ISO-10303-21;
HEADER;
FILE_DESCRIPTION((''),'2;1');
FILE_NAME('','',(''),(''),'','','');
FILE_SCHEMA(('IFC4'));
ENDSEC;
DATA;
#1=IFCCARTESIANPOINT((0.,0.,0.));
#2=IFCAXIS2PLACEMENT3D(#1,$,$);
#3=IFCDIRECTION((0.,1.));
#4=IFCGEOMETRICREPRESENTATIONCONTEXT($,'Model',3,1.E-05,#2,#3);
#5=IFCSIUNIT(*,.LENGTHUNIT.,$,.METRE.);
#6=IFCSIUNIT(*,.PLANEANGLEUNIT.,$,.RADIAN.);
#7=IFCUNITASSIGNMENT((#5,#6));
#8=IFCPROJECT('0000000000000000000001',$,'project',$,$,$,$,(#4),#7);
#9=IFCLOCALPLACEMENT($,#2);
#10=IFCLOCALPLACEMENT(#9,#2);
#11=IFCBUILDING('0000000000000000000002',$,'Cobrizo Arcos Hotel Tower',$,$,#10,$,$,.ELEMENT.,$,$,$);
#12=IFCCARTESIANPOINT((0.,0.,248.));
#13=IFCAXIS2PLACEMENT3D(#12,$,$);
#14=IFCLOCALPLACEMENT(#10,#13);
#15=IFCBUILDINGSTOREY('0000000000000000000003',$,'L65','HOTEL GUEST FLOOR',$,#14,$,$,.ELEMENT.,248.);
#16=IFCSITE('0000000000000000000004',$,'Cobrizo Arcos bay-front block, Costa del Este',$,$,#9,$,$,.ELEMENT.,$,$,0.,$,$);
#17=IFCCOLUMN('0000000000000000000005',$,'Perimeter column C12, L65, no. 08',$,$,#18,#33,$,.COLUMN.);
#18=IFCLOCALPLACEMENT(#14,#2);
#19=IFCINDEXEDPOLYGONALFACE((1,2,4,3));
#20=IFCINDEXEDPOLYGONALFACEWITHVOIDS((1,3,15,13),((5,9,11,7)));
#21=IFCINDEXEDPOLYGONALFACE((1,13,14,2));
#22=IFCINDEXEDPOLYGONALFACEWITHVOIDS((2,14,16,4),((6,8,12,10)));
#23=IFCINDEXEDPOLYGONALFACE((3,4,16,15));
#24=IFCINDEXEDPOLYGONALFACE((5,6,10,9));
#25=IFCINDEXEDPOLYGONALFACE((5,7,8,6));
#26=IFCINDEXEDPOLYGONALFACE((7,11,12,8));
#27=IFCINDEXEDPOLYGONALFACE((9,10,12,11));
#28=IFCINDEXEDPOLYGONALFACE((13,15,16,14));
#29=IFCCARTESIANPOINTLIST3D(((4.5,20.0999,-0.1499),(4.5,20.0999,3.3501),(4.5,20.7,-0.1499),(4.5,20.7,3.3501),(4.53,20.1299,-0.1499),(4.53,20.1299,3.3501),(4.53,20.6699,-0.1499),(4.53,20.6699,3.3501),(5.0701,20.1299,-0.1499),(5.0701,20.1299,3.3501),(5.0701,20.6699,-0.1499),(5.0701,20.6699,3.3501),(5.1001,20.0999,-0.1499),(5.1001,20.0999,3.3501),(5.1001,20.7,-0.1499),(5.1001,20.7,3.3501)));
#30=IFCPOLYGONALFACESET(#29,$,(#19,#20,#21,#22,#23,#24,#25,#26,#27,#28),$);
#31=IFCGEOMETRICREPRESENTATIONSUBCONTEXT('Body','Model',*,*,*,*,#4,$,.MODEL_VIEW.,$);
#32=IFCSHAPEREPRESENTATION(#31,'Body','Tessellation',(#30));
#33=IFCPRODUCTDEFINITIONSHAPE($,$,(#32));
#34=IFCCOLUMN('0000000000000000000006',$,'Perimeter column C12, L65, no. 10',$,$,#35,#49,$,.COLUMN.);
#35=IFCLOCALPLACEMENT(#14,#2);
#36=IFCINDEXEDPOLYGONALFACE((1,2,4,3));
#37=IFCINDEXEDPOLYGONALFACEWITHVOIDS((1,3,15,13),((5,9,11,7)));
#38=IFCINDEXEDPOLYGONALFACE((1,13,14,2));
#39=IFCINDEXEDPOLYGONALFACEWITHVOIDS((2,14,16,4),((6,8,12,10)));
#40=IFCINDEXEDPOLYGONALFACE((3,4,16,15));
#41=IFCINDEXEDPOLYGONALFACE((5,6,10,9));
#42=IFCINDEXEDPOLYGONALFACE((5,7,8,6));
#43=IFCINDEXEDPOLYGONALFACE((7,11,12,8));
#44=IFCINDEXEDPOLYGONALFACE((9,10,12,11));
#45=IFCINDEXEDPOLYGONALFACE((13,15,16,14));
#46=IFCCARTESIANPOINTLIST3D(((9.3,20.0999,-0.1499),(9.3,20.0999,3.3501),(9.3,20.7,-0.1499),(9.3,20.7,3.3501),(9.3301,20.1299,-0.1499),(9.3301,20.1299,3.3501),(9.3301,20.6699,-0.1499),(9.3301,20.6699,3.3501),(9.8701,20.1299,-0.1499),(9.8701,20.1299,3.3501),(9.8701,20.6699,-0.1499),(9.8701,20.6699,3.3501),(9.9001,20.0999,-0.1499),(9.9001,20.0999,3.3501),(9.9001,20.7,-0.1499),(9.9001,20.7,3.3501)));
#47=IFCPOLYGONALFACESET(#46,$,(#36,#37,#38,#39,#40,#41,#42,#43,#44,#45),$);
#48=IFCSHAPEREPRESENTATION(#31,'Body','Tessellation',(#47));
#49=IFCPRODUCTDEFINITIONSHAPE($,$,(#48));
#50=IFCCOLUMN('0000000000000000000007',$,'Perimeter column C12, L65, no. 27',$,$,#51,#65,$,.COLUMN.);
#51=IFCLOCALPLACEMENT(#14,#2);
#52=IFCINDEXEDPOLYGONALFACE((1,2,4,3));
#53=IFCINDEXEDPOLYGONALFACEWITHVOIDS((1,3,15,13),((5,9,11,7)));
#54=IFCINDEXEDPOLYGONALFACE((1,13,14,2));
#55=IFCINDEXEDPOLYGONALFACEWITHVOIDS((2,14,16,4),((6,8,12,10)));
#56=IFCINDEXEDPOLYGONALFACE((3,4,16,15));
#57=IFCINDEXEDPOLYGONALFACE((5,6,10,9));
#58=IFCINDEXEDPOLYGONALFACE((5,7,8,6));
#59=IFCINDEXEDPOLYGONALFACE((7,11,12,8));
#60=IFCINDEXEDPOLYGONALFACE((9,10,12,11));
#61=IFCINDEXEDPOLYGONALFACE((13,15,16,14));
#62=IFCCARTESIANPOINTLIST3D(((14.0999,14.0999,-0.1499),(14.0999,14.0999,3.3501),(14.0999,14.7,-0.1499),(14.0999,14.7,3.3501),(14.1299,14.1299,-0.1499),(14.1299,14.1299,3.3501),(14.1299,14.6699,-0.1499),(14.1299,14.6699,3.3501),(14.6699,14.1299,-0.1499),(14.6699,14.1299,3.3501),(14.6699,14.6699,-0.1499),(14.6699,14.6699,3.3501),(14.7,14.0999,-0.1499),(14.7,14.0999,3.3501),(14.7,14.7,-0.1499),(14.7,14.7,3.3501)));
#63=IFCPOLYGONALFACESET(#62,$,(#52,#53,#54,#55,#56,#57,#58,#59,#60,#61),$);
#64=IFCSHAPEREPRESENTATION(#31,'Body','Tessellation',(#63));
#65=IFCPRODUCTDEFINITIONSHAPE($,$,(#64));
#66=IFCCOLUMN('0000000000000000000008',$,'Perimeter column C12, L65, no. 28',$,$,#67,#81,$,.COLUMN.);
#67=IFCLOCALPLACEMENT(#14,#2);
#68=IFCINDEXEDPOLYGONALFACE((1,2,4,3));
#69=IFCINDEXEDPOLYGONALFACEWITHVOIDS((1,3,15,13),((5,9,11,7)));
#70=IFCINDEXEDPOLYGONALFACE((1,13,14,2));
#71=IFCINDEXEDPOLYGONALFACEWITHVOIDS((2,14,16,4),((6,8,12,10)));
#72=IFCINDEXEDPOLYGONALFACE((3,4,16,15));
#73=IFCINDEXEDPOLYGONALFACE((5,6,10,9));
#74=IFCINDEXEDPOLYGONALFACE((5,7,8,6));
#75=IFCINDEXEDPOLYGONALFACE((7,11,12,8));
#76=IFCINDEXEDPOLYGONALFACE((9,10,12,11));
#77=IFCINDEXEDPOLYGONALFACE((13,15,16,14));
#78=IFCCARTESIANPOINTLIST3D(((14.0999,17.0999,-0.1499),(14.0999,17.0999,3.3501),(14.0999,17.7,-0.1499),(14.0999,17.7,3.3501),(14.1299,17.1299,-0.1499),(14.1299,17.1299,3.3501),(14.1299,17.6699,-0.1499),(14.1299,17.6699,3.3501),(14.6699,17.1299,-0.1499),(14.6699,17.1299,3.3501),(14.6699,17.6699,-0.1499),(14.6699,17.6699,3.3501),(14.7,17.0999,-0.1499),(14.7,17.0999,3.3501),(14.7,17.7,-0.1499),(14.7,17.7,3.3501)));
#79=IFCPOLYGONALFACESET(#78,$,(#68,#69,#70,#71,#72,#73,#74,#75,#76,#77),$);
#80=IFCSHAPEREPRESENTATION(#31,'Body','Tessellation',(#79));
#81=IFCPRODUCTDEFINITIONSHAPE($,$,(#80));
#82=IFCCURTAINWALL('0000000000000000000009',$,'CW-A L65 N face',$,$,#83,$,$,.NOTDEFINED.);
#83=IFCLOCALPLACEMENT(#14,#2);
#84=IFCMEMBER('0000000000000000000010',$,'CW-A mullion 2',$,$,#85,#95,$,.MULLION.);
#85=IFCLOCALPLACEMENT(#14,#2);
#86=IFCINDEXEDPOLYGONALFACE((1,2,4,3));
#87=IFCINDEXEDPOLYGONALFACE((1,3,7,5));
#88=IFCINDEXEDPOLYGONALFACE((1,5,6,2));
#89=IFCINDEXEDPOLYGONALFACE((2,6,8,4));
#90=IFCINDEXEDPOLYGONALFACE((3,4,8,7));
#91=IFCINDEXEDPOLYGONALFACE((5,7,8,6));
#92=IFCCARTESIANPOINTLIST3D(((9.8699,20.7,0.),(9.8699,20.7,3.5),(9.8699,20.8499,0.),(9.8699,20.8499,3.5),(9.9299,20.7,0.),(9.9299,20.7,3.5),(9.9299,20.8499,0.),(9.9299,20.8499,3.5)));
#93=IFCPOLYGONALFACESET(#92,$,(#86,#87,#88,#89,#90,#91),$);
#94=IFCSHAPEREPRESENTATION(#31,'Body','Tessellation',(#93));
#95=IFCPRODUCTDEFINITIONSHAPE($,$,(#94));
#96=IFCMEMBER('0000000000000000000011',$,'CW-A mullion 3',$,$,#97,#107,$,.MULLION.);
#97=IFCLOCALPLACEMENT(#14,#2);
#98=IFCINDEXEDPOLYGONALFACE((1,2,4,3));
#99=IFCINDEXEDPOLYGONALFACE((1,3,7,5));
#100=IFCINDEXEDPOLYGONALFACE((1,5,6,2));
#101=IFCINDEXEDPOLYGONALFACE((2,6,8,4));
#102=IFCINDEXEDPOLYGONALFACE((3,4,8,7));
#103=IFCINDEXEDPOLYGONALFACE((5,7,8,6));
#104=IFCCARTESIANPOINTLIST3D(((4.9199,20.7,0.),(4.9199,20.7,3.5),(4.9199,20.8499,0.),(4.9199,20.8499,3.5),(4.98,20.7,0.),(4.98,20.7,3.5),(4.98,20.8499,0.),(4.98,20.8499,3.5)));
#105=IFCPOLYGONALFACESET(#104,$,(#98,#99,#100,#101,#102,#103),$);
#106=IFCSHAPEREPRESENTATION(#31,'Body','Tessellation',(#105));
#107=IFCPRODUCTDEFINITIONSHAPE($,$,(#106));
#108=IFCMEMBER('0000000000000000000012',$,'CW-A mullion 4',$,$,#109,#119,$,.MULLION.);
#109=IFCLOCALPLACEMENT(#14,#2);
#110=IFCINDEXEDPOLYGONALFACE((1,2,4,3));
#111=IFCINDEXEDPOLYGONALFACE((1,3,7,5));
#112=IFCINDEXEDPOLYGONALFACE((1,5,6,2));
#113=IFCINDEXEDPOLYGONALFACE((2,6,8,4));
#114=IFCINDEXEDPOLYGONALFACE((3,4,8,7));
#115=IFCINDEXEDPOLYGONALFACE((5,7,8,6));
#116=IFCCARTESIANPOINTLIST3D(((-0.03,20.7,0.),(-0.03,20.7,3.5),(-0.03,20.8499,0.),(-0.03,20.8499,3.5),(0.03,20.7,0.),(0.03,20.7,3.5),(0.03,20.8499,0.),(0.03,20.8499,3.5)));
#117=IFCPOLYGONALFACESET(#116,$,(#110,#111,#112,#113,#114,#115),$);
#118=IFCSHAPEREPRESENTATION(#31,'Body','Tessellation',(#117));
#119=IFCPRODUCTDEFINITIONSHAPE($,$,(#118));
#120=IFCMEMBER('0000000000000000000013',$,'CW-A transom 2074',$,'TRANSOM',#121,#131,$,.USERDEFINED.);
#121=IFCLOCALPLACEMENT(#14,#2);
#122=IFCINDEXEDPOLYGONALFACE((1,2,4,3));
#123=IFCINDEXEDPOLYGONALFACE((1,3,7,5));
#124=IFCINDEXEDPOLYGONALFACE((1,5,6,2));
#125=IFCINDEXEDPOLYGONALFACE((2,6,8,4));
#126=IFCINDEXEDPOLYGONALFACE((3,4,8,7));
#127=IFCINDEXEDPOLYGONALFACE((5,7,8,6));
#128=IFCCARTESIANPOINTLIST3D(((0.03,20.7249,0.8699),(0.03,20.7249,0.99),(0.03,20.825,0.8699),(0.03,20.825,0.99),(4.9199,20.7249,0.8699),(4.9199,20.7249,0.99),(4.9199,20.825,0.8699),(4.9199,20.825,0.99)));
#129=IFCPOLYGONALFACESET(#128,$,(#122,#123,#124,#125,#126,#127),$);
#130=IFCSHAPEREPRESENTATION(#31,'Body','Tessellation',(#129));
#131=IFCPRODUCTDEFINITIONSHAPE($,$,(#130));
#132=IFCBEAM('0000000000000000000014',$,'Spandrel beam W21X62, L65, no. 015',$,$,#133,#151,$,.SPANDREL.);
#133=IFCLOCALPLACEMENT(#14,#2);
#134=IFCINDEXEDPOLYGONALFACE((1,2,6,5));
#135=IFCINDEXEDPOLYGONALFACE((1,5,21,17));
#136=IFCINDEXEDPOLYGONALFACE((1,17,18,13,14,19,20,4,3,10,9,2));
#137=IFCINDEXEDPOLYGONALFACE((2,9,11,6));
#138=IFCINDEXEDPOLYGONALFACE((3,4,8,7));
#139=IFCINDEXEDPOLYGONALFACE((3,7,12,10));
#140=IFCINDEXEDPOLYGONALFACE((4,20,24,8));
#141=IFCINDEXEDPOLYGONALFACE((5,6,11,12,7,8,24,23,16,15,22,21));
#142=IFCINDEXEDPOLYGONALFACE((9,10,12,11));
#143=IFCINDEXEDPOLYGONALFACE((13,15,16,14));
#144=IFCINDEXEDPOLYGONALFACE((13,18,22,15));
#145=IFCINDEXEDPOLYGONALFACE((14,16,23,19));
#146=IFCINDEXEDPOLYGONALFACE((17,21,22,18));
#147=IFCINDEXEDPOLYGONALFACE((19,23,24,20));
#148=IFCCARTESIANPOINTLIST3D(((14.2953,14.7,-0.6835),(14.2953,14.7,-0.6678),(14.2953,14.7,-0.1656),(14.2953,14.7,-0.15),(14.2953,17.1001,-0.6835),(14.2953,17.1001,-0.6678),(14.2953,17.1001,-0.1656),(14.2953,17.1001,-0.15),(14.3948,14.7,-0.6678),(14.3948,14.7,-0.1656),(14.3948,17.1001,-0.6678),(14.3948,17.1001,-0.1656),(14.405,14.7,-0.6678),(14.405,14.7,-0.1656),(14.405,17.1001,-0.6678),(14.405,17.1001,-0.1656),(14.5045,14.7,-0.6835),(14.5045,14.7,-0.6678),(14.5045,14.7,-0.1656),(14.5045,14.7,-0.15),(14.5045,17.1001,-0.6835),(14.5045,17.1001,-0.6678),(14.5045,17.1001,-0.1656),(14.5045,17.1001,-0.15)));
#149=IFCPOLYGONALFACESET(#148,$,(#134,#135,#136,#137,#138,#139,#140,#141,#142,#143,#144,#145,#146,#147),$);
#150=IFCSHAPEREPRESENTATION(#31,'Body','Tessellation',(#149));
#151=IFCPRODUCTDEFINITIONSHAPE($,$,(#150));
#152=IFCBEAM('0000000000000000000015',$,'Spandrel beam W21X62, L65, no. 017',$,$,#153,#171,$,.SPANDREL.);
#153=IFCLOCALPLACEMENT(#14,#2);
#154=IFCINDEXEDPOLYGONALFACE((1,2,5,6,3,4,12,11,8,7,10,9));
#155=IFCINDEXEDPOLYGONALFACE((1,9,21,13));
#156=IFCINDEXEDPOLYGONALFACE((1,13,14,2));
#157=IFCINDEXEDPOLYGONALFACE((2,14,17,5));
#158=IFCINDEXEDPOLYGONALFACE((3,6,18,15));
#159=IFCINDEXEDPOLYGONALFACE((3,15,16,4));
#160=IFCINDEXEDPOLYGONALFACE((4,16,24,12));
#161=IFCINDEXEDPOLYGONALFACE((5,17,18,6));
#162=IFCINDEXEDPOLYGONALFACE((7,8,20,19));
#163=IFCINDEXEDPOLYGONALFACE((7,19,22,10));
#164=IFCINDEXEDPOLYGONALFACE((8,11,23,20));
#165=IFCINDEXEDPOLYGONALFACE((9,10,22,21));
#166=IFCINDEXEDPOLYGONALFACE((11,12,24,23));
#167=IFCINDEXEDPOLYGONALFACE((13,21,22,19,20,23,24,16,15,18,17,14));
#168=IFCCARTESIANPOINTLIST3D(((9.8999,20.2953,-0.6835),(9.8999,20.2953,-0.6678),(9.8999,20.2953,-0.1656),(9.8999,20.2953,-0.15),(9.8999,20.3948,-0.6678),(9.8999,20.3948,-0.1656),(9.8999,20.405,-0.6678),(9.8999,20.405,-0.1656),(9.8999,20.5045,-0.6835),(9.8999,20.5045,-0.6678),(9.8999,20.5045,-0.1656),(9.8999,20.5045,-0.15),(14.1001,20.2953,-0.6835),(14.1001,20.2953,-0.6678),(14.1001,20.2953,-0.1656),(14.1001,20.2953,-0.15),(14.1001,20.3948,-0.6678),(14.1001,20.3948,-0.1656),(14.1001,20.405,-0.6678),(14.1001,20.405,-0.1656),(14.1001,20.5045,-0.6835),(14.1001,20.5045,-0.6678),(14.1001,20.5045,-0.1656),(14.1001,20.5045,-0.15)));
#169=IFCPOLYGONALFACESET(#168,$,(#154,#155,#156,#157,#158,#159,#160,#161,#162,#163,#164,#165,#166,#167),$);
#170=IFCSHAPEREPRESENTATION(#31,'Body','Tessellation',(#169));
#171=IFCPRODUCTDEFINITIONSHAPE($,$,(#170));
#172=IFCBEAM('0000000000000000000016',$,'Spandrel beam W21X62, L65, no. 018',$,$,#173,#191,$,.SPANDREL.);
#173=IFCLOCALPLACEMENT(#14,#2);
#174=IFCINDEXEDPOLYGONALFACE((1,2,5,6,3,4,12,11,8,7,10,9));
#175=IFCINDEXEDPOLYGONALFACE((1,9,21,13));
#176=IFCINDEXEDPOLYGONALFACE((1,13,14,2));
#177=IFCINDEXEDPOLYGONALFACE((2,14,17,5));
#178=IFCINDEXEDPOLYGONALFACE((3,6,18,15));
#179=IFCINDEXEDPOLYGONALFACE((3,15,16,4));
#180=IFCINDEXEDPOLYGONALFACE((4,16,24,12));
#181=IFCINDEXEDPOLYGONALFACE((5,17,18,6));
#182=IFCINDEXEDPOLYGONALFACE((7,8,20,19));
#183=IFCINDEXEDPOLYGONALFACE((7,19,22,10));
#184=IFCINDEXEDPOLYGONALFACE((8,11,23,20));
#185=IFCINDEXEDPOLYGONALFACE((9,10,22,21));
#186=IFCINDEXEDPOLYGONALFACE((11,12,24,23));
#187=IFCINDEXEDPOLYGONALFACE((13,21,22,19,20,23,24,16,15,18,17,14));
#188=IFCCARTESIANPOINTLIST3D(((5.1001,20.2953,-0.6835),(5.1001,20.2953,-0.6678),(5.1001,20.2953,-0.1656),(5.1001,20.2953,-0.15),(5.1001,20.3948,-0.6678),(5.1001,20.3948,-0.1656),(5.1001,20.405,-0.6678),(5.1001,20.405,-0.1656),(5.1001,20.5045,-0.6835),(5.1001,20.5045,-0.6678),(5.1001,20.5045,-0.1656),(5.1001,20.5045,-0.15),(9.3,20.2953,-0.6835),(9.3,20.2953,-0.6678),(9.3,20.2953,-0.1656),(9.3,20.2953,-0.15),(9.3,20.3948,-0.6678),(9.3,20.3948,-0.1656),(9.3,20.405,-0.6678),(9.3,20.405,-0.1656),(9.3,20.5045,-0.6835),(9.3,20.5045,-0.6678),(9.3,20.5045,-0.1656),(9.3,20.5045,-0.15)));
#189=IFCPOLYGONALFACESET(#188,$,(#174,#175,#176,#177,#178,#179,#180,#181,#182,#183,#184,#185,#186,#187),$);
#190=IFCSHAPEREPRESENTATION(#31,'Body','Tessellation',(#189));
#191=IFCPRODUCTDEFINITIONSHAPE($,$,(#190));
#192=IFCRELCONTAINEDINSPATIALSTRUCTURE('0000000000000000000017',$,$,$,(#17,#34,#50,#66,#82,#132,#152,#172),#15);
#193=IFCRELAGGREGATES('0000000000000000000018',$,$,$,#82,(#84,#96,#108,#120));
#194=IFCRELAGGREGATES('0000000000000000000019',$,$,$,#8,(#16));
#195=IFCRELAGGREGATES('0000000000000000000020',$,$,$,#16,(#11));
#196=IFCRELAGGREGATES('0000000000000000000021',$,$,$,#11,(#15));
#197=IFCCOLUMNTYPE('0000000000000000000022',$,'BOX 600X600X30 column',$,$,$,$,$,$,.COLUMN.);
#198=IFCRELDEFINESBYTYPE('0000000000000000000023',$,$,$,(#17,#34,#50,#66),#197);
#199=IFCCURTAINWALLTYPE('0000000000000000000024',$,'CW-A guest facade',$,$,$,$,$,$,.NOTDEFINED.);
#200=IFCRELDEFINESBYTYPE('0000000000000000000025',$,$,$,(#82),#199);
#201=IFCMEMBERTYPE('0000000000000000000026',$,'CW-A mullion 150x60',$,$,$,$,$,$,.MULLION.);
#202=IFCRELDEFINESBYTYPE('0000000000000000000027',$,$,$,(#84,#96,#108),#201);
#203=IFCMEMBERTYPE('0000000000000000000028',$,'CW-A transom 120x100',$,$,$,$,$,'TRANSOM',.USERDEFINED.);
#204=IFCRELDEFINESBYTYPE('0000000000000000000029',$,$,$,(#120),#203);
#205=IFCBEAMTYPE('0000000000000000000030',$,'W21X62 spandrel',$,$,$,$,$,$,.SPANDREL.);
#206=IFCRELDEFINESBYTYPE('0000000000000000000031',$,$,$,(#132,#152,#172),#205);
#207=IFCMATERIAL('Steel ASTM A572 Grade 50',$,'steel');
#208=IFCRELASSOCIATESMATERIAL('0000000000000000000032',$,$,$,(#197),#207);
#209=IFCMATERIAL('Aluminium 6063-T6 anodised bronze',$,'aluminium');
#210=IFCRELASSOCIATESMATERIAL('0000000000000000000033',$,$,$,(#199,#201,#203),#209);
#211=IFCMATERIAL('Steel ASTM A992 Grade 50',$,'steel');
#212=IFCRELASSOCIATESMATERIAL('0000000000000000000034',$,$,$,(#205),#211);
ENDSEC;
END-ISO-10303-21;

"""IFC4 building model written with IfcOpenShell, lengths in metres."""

from ifc_helpers import new_model, si_unit, direction, frame, origin, origin_2d, place, context, subcontext, project, spatial, rectangle, hollow_rectangle, i_section, extrude, material, material_profile, profile_set, type_object, element, aggregate, save


model = new_model("IFC4")

# Units and contexts
model_context = context("Model", 3, precision=1e-05, world=origin(), true_north=direction((0.0, 1.0)))
body_context = subcontext(model_context, "Body", "Model", "MODEL_VIEW")
ifc_project = project(units=[si_unit("LENGTHUNIT", "METRE"), si_unit("PLANEANGLEUNIT", "RADIAN")], contexts=[model_context])

# Site, building, storey
site_placement = place(None, origin())
site = spatial("IfcSite", under=ifc_project, at=site_placement, Name="Cobrizo Arcos bay-front block, Costa del Este", CompositionType="ELEMENT", RefElevation=0.0)
building_placement = place(site_placement, origin())
building = spatial("IfcBuilding", under=site, at=building_placement, Name="Cobrizo Arcos Hotel Tower", CompositionType="ELEMENT")
storey_placement = place(building_placement, frame((0.0, 0.0, 248.0)))
storey = spatial("IfcBuildingStorey", under=building, at=storey_placement, Name="L65", Description="HOTEL GUEST FLOOR", CompositionType="ELEMENT", Elevation=248.0)

# Columns
ifc_material_1 = material(Name="Steel ASTM A572 Grade 50", Category="steel")
ifc_material_profile_1 = material_profile(ifc_material_1, hollow_rectangle(XDim=0.6001, YDim=0.6001, WallThickness=0.03, at=origin_2d()), Name="BOX 600X600X30")
ifc_profile_set_1 = profile_set([ifc_material_profile_1], Name="Steel ASTM A572 Grade 50")
column_type = type_object("IfcColumnType", Name="BOX 600X600X30 column", PredefinedType="COLUMN", material=ifc_profile_set_1)
for number, where, z_axis, x_axis, name in (
    (1, (4.8, 20.3999, -0.1499), (0.0, 0.0, 1.0), (1.0, 0.0, 0.0), "Perimeter column C12, L65, no. 08"),
    (2, (9.6001, 20.3999, -0.1499), (0.0, 0.0, 1.0), (1.0, 0.0, 0.0), "Perimeter column C12, L65, no. 10"),
    (3, (14.3999, 14.3999, -0.1499), (0.0, 0.0, 1.0), (1.0, 0.0, 0.0), "Perimeter column C12, L65, no. 27"),
    (4, (14.3999, 17.3999, -0.1499), (0.0, 0.0, 1.0), (1.0, 0.0, 0.0), "Perimeter column C12, L65, no. 28"),
):
    element("IfcColumn", number, at=place(storey_placement, frame(where, z_axis=z_axis, x_axis=x_axis)), inside=storey, type_object=column_type, Name=name, PredefinedType="COLUMN", context=body_context, shape_type="SweptSolid", body=[
        extrude(hollow_rectangle(XDim=0.6001, YDim=0.6001, WallThickness=0.03, at=origin_2d()), origin(), (0.0, 0.0, 1.0), 3.5),
    ])

# Curtain wall, members
ifc_material_2 = material(Name="Aluminium 6063-T6 anodised bronze", Category="aluminium")
curtain_wall_type = type_object("IfcCurtainWallType", Name="CW-A guest facade", PredefinedType="NOTDEFINED", material=ifc_material_2)
curtain_wall_placement = place(storey_placement, origin())
curtain_wall = element("IfcCurtainWall", 5, at=curtain_wall_placement, inside=storey, type_object=curtain_wall_type, Name="CW-A L65 N face", PredefinedType="NOTDEFINED")
ifc_material_profile_2 = material_profile(ifc_material_2, rectangle(XDim=0.1499, YDim=0.0601, at=origin_2d()), Name="CW-A mullion 150x60")
ifc_profile_set_2 = profile_set([ifc_material_profile_2], Name="Aluminium 6063-T6 anodised bronze")
member_type_1 = type_object("IfcMemberType", Name="CW-A mullion 150x60", PredefinedType="MULLION", material=ifc_profile_set_2)
member_1_placement = place(storey_placement, frame((9.8999, 20.7749, 0.0), z_axis=(0.0, 0.0, 1.0), x_axis=(0.0, 1.0, 0.0)))
member_1 = element("IfcMember", 6, at=member_1_placement, type_object=member_type_1, Name="CW-A mullion 2", PredefinedType="MULLION", context=body_context, shape_type="SweptSolid", body=[
    extrude(rectangle(XDim=0.1499, YDim=0.0601, at=origin_2d()), origin(), (0.0, 0.0, 1.0), 3.5),
])
member_2_placement = place(storey_placement, frame((4.95, 20.7749, 0.0), z_axis=(0.0, 0.0, 1.0), x_axis=(0.0, 1.0, 0.0)))
member_2 = element("IfcMember", 7, at=member_2_placement, type_object=member_type_1, Name="CW-A mullion 3", PredefinedType="MULLION", context=body_context, shape_type="SweptSolid", body=[
    extrude(rectangle(XDim=0.1499, YDim=0.0601, at=origin_2d()), origin(), (0.0, 0.0, 1.0), 3.5),
])
member_3_placement = place(storey_placement, frame((0.0, 20.7749, 0.0), z_axis=(0.0, 0.0, 1.0), x_axis=(0.0, 1.0, 0.0)))
member_3 = element("IfcMember", 8, at=member_3_placement, type_object=member_type_1, Name="CW-A mullion 4", PredefinedType="MULLION", context=body_context, shape_type="SweptSolid", body=[
    extrude(rectangle(XDim=0.1499, YDim=0.0601, at=origin_2d()), origin(), (0.0, 0.0, 1.0), 3.5),
])
ifc_material_profile_3 = material_profile(ifc_material_2, rectangle(XDim=0.1001, YDim=0.1201, at=origin_2d()), Name="CW-A transom 120x100")
ifc_profile_set_3 = profile_set([ifc_material_profile_3], Name="Aluminium 6063-T6 anodised bronze")
member_type_2 = type_object("IfcMemberType", Name="CW-A transom 120x100", ElementType="TRANSOM", PredefinedType="USERDEFINED", material=ifc_profile_set_3)
member_4_placement = place(storey_placement, frame((4.9199, 20.7749, 0.9299), z_axis=(-1.0, 0.0, 0.0), x_axis=(0.0, -1.0, 0.0)))
member_4 = element("IfcMember", 9, at=member_4_placement, type_object=member_type_2, Name="CW-A transom 2074", ObjectType="TRANSOM", PredefinedType="USERDEFINED", context=body_context, shape_type="SweptSolid", body=[
    extrude(rectangle(XDim=0.1001, YDim=0.1201, at=origin_2d()), origin(), (0.0, 0.0, 1.0), 4.8899),
])

# Beams
ifc_material_3 = material(Name="Steel ASTM A992 Grade 50", Category="steel")
ifc_material_profile_4 = material_profile(ifc_material_3, i_section(OverallWidth=0.2092, OverallDepth=0.5334, WebThickness=0.0103, FlangeThickness=0.0156, at=origin_2d()), Name="W21X62")
ifc_profile_set_4 = profile_set([ifc_material_profile_4], Name="Steel ASTM A992 Grade 50")
beam_type = type_object("IfcBeamType", Name="W21X62 spandrel", PredefinedType="SPANDREL", material=ifc_profile_set_4)
beam_1_placement = place(storey_placement, frame((14.3999, 14.7, -0.4167), z_axis=(0.0, 1.0, 0.0), x_axis=(-1.0, 0.0, 0.0)))
element("IfcBeam", 10, at=beam_1_placement, inside=storey, type_object=beam_type, Name="Spandrel beam W21X62, L65, no. 015", PredefinedType="SPANDREL", context=body_context, shape_type="SweptSolid", body=[
    extrude(i_section(OverallWidth=0.2092, OverallDepth=0.5334, WebThickness=0.0103, FlangeThickness=0.0156, at=origin_2d()), origin(), (0.0, 0.0, 1.0), 2.4001),
])
beam_2_placement = place(storey_placement, frame((14.1001, 20.3999, -0.4167), z_axis=(-1.0, 0.0, 0.0), x_axis=(0.0, -1.0, 0.0)))
element("IfcBeam", 11, at=beam_2_placement, inside=storey, type_object=beam_type, Name="Spandrel beam W21X62, L65, no. 017", PredefinedType="SPANDREL", context=body_context, shape_type="SweptSolid", body=[
    extrude(i_section(OverallWidth=0.2092, OverallDepth=0.5334, WebThickness=0.0103, FlangeThickness=0.0156, at=origin_2d()), origin(), (0.0, 0.0, 1.0), 4.2002),
])
for number, where, z_axis, x_axis, name in (
    (12, (9.3, 20.3999, -0.4167), (-1.0, 0.0, 0.0), (0.0, -1.0, 0.0), "Spandrel beam W21X62, L65, no. 018"),
):
    element("IfcBeam", number, at=place(storey_placement, frame(where, z_axis=z_axis, x_axis=x_axis)), inside=storey, type_object=beam_type, Name=name, PredefinedType="SPANDREL", context=body_context, shape_type="SweptSolid", body=[
        extrude(i_section(OverallWidth=0.2092, OverallDepth=0.5334, WebThickness=0.0103, FlangeThickness=0.0156, at=origin_2d()), origin(), (0.0, 0.0, 1.0), 4.2),
    ])

aggregate(curtain_wall, [member_1, member_2, member_3, member_4])

save(model, "model.ifc")
